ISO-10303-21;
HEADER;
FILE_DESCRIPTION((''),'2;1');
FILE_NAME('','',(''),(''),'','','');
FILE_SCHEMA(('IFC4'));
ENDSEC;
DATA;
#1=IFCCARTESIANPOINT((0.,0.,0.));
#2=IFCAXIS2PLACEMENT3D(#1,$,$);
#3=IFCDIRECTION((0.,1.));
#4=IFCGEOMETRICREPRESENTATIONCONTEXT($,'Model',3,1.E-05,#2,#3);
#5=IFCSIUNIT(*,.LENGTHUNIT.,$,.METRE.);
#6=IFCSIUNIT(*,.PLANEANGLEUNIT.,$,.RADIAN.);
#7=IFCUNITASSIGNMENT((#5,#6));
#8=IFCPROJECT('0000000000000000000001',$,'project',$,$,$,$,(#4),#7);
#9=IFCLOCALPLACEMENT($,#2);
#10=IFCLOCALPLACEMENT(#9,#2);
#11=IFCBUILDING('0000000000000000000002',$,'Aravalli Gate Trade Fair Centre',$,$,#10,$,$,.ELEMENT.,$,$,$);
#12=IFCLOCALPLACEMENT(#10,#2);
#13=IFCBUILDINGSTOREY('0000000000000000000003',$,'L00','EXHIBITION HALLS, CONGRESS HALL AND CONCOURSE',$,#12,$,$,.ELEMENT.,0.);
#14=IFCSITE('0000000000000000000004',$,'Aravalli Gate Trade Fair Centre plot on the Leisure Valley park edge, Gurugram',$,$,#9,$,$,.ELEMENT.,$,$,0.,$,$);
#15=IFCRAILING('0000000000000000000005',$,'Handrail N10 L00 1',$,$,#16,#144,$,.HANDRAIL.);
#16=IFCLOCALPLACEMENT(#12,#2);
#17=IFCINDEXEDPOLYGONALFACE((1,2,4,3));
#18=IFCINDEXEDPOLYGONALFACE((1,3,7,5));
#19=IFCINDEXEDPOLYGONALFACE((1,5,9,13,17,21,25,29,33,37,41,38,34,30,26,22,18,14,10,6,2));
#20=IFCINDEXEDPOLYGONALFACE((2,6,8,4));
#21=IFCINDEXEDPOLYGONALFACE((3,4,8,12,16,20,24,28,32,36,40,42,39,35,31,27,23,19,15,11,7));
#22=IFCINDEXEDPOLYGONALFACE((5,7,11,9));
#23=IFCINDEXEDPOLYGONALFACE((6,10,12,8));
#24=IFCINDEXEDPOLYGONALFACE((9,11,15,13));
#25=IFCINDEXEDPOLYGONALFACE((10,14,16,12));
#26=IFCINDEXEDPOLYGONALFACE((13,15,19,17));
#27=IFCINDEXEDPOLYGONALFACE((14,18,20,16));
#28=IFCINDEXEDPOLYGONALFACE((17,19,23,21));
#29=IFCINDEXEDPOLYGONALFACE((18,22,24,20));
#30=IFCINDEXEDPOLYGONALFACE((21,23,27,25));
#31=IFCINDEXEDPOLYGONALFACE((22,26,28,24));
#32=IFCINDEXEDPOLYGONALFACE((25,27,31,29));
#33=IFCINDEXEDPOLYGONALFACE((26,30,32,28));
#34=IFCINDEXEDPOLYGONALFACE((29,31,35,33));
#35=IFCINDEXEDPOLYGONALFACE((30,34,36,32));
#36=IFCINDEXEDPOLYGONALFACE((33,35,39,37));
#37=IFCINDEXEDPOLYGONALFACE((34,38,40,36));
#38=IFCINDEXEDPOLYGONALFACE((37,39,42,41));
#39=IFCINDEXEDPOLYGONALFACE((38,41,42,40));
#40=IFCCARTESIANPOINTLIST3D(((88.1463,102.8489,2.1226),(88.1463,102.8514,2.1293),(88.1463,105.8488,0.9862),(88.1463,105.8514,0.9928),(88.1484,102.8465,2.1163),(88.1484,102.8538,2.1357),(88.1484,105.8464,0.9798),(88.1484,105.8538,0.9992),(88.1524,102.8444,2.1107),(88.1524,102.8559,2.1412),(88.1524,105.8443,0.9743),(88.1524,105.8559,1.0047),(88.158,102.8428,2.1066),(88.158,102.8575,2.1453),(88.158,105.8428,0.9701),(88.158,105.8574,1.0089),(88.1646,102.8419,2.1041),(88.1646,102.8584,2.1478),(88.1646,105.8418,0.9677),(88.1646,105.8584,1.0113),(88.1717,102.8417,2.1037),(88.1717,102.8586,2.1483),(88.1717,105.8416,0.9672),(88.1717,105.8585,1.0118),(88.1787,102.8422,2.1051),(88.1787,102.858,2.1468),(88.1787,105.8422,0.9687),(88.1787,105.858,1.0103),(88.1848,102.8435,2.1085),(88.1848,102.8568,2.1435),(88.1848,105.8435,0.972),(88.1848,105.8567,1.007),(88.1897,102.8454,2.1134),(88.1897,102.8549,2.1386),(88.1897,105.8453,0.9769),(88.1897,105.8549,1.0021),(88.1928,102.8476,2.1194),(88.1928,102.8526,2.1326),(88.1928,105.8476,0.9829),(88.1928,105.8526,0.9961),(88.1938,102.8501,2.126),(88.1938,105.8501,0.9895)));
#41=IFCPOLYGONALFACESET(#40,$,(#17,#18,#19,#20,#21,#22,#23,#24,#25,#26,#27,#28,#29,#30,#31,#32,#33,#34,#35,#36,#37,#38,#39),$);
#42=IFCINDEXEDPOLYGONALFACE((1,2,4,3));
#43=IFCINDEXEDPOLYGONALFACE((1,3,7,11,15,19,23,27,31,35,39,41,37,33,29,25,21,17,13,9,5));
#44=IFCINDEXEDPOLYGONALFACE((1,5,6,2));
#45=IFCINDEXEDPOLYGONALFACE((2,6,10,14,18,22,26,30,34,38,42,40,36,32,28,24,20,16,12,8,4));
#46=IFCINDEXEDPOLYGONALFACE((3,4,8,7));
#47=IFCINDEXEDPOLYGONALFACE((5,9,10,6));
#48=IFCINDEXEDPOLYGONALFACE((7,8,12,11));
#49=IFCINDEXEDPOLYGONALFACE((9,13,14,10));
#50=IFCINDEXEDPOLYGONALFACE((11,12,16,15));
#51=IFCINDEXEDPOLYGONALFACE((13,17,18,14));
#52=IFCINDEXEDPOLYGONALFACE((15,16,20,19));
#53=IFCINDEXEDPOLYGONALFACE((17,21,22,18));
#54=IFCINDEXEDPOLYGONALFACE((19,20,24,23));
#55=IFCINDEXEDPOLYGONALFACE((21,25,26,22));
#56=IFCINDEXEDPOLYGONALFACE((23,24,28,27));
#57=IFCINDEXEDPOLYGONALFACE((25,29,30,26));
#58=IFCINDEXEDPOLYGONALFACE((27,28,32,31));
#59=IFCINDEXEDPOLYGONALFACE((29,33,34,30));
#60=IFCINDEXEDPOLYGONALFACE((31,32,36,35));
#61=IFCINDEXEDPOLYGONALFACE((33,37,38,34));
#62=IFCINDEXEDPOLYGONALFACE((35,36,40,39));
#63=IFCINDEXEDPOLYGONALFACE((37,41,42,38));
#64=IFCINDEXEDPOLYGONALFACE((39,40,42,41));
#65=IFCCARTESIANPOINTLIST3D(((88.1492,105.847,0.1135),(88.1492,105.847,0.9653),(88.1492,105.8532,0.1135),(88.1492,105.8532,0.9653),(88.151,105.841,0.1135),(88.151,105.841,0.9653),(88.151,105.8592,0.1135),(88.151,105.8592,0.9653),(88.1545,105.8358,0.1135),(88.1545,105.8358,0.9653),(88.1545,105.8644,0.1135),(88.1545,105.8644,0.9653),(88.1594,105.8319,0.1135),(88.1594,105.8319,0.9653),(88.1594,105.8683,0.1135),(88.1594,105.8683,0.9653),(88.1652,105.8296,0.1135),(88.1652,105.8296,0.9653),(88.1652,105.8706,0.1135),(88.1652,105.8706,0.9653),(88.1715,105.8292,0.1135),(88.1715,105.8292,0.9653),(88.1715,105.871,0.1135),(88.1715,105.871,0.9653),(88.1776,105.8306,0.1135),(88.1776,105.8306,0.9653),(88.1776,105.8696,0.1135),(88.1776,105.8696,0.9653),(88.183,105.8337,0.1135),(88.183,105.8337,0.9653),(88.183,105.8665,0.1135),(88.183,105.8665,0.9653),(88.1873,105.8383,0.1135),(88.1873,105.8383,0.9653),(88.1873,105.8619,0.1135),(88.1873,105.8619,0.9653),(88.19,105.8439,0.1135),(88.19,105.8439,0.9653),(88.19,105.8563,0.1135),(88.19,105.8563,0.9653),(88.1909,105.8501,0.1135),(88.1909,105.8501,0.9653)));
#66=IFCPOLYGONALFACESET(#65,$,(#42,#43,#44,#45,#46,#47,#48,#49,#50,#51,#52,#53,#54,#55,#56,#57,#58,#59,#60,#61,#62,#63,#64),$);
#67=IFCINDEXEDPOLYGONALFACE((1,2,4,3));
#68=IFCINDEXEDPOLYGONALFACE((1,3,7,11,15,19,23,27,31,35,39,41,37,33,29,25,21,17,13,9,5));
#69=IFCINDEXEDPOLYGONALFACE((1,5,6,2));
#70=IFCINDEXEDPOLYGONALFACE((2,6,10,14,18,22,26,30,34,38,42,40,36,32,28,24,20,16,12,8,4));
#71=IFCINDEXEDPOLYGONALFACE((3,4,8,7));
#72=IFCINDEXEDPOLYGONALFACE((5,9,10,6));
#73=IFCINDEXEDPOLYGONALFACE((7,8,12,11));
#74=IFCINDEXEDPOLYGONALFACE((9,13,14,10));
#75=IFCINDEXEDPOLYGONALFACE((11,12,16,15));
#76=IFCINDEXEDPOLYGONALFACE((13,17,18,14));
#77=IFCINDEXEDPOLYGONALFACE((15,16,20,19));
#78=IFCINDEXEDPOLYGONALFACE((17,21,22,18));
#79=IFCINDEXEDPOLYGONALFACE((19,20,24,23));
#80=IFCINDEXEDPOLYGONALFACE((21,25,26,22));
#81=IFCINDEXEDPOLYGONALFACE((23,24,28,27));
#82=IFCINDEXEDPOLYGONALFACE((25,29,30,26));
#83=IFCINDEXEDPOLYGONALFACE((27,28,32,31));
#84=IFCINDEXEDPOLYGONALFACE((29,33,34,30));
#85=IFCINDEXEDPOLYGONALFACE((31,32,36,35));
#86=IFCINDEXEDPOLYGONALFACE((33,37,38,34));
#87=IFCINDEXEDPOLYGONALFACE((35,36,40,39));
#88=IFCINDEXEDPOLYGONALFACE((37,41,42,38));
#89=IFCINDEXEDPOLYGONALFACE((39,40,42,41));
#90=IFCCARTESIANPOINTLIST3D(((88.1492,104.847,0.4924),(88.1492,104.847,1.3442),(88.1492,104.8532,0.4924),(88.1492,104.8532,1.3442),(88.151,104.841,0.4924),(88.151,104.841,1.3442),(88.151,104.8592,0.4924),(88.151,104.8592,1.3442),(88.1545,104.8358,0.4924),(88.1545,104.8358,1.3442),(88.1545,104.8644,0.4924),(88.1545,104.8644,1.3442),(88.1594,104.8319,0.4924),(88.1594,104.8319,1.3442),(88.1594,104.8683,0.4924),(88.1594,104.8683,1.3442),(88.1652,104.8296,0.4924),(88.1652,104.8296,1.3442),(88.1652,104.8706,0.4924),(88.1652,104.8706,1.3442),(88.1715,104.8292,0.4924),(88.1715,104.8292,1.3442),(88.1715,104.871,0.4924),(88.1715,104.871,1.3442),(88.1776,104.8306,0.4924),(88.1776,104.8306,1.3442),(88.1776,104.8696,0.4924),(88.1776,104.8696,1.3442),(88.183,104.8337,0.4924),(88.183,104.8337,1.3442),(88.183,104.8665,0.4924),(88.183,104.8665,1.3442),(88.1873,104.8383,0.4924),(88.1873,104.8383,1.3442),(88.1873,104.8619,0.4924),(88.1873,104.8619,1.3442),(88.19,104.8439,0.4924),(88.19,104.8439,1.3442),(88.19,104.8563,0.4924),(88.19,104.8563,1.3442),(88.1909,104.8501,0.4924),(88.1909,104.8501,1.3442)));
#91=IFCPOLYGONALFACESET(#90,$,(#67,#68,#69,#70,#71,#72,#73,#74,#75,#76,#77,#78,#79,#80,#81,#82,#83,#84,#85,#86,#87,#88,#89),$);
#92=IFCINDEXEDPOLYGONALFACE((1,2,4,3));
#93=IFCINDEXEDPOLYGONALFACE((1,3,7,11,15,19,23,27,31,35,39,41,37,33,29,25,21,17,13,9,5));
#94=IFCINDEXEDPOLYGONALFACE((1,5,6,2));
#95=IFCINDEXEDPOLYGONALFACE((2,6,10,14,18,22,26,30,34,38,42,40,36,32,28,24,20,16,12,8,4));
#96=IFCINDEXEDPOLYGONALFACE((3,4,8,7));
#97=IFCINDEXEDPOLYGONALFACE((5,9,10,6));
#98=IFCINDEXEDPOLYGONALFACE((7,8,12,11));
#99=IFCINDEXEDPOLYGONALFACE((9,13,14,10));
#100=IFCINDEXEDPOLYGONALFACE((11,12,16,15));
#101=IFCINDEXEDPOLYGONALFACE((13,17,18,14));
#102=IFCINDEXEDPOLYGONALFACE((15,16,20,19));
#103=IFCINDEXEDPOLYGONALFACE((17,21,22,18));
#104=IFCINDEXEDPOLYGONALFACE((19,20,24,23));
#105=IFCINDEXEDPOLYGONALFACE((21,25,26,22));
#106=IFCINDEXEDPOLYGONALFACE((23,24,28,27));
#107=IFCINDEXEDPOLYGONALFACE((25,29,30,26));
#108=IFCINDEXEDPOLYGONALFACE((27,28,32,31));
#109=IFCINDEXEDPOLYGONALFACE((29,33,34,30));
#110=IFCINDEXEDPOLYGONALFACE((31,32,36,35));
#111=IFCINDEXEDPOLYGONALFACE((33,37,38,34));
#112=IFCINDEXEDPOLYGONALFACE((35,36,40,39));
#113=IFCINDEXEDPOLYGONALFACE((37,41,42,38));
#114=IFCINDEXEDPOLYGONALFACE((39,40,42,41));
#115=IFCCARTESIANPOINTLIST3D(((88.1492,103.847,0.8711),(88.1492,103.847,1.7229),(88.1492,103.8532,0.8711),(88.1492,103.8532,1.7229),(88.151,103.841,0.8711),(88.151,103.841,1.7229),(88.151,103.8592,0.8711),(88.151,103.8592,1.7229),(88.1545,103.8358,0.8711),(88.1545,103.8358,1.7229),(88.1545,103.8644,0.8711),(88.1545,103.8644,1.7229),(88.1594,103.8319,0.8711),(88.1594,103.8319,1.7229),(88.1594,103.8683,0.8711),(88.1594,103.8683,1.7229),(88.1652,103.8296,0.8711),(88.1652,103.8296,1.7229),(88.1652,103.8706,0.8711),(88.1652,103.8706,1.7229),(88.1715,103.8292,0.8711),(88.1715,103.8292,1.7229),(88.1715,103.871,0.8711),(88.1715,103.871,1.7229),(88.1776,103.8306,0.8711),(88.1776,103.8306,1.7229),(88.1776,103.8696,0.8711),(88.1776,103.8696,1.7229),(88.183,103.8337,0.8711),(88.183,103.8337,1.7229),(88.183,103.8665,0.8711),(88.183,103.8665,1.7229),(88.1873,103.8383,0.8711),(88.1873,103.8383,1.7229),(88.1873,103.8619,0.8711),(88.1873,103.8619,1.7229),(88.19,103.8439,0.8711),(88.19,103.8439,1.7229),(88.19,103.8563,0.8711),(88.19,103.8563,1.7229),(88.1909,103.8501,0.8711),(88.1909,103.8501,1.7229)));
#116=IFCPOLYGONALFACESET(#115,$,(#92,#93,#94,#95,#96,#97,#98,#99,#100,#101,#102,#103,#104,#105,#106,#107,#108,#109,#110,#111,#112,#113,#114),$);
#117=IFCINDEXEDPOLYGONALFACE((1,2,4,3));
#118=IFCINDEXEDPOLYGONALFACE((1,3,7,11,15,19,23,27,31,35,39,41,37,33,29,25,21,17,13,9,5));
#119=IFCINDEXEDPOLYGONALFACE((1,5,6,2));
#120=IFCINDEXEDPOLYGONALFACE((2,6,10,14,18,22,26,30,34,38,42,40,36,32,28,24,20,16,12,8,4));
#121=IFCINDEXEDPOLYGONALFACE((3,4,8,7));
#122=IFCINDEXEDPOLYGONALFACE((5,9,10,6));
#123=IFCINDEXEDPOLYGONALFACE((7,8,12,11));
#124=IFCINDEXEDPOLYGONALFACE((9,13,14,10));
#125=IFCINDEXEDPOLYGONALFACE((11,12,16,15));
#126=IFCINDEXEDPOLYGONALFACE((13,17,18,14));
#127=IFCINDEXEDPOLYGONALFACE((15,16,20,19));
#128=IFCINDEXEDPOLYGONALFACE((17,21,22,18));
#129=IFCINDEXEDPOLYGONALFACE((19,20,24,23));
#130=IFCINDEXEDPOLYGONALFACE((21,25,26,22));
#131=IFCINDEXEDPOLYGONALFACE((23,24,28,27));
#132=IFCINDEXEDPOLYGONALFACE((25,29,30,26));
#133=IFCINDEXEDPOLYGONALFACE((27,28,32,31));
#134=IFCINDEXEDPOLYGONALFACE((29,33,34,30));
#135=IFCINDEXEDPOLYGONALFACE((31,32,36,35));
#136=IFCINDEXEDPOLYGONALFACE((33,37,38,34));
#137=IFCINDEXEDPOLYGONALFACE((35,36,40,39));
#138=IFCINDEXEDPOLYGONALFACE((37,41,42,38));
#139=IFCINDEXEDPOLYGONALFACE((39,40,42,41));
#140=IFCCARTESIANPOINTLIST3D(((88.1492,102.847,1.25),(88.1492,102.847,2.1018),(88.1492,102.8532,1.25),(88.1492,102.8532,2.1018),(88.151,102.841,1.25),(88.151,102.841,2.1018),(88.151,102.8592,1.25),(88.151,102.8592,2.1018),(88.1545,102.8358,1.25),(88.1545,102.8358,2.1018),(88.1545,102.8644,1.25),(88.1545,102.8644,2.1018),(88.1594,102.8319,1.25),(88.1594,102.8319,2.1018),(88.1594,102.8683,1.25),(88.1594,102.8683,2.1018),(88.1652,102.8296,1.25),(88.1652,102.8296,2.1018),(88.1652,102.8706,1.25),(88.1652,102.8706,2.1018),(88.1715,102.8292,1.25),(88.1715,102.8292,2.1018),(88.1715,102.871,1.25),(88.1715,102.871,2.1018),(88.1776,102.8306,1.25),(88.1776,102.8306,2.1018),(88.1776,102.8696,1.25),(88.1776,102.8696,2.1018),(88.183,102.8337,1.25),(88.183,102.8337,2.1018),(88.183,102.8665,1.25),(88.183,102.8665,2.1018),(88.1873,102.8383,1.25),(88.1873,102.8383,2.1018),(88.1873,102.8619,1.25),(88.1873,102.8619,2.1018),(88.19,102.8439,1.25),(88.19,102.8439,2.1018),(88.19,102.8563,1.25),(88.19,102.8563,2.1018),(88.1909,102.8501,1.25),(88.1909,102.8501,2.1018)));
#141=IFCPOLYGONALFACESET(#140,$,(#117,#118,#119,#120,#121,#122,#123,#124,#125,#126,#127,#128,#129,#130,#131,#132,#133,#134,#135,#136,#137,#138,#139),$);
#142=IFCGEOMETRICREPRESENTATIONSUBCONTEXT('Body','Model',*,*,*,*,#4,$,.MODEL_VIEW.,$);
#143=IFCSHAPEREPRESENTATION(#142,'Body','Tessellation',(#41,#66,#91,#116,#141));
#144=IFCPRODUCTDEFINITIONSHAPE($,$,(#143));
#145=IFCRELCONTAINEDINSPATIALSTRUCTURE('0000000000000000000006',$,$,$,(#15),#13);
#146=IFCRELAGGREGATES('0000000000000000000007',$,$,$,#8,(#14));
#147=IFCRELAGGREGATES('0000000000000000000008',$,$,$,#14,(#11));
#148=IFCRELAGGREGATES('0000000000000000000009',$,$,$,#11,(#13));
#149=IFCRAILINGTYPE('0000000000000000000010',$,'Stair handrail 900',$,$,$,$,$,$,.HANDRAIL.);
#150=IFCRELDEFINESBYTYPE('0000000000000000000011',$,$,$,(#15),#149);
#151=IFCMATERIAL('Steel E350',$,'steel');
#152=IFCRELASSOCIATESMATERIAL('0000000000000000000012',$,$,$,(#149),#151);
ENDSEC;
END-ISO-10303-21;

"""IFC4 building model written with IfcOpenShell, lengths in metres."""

from ifc_helpers import new_model, si_unit, direction, frame, origin, origin_2d, place, context, subcontext, project, spatial, circle, extrude, material, type_object, element, save


model = new_model("IFC4")

# Units and contexts
model_context = context("Model", 3, precision=1e-05, world=origin(), true_north=direction((0.0, 1.0)))
body_context = subcontext(model_context, "Body", "Model", "MODEL_VIEW")
ifc_project = project(units=[si_unit("LENGTHUNIT", "METRE"), si_unit("PLANEANGLEUNIT", "RADIAN")], contexts=[model_context])

# Site, building, storey
site_placement = place(None, origin())
site = spatial("IfcSite", under=ifc_project, at=site_placement, Name="Aravalli Gate Trade Fair Centre plot on the Leisure Valley park edge, Gurugram", CompositionType="ELEMENT", RefElevation=0.0)
building_placement = place(site_placement, origin())
building = spatial("IfcBuilding", under=site, at=building_placement, Name="Aravalli Gate Trade Fair Centre", CompositionType="ELEMENT")
storey_placement = place(building_placement, origin())
storey = spatial("IfcBuildingStorey", under=building, at=storey_placement, Name="L00", Description="EXHIBITION HALLS, CONGRESS HALL AND CONCOURSE", CompositionType="ELEMENT", Elevation=0.0)

# Railing
ifc_material_1 = material(Name="Steel E350", Category="steel")
railing_type = type_object("IfcRailingType", Name="Stair handrail 900", PredefinedType="HANDRAIL", material=ifc_material_1)
for number, where, name in (
    (1, (88.1699, 105.8501, 0.1135), "Handrail N10 L00 1"),
):
    element("IfcRailing", number, at=place(storey_placement, frame(where)), inside=storey, type_object=railing_type, Name=name, PredefinedType="HANDRAIL", context=body_context, shape_type="SweptSolid", body=[
        extrude(circle(Radius=0.0239, at=origin_2d()), frame((0.0, 0.0, 0.876), z_axis=(0.0, -0.935148, 0.354257), x_axis=(1.0, 0.0, 0.0)), (0.0, 0.0, 1.0), 3.208),
        extrude(circle(Radius=0.021, at=origin_2d()), origin(), (0.0, 0.0, 1.0), 0.8518),
        extrude(circle(Radius=0.021, at=origin_2d()), frame((0.0, -1.0, 0.3789)), (0.0, 0.0, 1.0), 0.8518),
        extrude(circle(Radius=0.021, at=origin_2d()), frame((0.0, -2.0, 0.7576)), (0.0, 0.0, 1.0), 0.8518),
        extrude(circle(Radius=0.021, at=origin_2d()), frame((0.0, -3.0, 1.1365)), (0.0, 0.0, 1.0), 0.8518),
    ])

save(model, "model.ifc")
